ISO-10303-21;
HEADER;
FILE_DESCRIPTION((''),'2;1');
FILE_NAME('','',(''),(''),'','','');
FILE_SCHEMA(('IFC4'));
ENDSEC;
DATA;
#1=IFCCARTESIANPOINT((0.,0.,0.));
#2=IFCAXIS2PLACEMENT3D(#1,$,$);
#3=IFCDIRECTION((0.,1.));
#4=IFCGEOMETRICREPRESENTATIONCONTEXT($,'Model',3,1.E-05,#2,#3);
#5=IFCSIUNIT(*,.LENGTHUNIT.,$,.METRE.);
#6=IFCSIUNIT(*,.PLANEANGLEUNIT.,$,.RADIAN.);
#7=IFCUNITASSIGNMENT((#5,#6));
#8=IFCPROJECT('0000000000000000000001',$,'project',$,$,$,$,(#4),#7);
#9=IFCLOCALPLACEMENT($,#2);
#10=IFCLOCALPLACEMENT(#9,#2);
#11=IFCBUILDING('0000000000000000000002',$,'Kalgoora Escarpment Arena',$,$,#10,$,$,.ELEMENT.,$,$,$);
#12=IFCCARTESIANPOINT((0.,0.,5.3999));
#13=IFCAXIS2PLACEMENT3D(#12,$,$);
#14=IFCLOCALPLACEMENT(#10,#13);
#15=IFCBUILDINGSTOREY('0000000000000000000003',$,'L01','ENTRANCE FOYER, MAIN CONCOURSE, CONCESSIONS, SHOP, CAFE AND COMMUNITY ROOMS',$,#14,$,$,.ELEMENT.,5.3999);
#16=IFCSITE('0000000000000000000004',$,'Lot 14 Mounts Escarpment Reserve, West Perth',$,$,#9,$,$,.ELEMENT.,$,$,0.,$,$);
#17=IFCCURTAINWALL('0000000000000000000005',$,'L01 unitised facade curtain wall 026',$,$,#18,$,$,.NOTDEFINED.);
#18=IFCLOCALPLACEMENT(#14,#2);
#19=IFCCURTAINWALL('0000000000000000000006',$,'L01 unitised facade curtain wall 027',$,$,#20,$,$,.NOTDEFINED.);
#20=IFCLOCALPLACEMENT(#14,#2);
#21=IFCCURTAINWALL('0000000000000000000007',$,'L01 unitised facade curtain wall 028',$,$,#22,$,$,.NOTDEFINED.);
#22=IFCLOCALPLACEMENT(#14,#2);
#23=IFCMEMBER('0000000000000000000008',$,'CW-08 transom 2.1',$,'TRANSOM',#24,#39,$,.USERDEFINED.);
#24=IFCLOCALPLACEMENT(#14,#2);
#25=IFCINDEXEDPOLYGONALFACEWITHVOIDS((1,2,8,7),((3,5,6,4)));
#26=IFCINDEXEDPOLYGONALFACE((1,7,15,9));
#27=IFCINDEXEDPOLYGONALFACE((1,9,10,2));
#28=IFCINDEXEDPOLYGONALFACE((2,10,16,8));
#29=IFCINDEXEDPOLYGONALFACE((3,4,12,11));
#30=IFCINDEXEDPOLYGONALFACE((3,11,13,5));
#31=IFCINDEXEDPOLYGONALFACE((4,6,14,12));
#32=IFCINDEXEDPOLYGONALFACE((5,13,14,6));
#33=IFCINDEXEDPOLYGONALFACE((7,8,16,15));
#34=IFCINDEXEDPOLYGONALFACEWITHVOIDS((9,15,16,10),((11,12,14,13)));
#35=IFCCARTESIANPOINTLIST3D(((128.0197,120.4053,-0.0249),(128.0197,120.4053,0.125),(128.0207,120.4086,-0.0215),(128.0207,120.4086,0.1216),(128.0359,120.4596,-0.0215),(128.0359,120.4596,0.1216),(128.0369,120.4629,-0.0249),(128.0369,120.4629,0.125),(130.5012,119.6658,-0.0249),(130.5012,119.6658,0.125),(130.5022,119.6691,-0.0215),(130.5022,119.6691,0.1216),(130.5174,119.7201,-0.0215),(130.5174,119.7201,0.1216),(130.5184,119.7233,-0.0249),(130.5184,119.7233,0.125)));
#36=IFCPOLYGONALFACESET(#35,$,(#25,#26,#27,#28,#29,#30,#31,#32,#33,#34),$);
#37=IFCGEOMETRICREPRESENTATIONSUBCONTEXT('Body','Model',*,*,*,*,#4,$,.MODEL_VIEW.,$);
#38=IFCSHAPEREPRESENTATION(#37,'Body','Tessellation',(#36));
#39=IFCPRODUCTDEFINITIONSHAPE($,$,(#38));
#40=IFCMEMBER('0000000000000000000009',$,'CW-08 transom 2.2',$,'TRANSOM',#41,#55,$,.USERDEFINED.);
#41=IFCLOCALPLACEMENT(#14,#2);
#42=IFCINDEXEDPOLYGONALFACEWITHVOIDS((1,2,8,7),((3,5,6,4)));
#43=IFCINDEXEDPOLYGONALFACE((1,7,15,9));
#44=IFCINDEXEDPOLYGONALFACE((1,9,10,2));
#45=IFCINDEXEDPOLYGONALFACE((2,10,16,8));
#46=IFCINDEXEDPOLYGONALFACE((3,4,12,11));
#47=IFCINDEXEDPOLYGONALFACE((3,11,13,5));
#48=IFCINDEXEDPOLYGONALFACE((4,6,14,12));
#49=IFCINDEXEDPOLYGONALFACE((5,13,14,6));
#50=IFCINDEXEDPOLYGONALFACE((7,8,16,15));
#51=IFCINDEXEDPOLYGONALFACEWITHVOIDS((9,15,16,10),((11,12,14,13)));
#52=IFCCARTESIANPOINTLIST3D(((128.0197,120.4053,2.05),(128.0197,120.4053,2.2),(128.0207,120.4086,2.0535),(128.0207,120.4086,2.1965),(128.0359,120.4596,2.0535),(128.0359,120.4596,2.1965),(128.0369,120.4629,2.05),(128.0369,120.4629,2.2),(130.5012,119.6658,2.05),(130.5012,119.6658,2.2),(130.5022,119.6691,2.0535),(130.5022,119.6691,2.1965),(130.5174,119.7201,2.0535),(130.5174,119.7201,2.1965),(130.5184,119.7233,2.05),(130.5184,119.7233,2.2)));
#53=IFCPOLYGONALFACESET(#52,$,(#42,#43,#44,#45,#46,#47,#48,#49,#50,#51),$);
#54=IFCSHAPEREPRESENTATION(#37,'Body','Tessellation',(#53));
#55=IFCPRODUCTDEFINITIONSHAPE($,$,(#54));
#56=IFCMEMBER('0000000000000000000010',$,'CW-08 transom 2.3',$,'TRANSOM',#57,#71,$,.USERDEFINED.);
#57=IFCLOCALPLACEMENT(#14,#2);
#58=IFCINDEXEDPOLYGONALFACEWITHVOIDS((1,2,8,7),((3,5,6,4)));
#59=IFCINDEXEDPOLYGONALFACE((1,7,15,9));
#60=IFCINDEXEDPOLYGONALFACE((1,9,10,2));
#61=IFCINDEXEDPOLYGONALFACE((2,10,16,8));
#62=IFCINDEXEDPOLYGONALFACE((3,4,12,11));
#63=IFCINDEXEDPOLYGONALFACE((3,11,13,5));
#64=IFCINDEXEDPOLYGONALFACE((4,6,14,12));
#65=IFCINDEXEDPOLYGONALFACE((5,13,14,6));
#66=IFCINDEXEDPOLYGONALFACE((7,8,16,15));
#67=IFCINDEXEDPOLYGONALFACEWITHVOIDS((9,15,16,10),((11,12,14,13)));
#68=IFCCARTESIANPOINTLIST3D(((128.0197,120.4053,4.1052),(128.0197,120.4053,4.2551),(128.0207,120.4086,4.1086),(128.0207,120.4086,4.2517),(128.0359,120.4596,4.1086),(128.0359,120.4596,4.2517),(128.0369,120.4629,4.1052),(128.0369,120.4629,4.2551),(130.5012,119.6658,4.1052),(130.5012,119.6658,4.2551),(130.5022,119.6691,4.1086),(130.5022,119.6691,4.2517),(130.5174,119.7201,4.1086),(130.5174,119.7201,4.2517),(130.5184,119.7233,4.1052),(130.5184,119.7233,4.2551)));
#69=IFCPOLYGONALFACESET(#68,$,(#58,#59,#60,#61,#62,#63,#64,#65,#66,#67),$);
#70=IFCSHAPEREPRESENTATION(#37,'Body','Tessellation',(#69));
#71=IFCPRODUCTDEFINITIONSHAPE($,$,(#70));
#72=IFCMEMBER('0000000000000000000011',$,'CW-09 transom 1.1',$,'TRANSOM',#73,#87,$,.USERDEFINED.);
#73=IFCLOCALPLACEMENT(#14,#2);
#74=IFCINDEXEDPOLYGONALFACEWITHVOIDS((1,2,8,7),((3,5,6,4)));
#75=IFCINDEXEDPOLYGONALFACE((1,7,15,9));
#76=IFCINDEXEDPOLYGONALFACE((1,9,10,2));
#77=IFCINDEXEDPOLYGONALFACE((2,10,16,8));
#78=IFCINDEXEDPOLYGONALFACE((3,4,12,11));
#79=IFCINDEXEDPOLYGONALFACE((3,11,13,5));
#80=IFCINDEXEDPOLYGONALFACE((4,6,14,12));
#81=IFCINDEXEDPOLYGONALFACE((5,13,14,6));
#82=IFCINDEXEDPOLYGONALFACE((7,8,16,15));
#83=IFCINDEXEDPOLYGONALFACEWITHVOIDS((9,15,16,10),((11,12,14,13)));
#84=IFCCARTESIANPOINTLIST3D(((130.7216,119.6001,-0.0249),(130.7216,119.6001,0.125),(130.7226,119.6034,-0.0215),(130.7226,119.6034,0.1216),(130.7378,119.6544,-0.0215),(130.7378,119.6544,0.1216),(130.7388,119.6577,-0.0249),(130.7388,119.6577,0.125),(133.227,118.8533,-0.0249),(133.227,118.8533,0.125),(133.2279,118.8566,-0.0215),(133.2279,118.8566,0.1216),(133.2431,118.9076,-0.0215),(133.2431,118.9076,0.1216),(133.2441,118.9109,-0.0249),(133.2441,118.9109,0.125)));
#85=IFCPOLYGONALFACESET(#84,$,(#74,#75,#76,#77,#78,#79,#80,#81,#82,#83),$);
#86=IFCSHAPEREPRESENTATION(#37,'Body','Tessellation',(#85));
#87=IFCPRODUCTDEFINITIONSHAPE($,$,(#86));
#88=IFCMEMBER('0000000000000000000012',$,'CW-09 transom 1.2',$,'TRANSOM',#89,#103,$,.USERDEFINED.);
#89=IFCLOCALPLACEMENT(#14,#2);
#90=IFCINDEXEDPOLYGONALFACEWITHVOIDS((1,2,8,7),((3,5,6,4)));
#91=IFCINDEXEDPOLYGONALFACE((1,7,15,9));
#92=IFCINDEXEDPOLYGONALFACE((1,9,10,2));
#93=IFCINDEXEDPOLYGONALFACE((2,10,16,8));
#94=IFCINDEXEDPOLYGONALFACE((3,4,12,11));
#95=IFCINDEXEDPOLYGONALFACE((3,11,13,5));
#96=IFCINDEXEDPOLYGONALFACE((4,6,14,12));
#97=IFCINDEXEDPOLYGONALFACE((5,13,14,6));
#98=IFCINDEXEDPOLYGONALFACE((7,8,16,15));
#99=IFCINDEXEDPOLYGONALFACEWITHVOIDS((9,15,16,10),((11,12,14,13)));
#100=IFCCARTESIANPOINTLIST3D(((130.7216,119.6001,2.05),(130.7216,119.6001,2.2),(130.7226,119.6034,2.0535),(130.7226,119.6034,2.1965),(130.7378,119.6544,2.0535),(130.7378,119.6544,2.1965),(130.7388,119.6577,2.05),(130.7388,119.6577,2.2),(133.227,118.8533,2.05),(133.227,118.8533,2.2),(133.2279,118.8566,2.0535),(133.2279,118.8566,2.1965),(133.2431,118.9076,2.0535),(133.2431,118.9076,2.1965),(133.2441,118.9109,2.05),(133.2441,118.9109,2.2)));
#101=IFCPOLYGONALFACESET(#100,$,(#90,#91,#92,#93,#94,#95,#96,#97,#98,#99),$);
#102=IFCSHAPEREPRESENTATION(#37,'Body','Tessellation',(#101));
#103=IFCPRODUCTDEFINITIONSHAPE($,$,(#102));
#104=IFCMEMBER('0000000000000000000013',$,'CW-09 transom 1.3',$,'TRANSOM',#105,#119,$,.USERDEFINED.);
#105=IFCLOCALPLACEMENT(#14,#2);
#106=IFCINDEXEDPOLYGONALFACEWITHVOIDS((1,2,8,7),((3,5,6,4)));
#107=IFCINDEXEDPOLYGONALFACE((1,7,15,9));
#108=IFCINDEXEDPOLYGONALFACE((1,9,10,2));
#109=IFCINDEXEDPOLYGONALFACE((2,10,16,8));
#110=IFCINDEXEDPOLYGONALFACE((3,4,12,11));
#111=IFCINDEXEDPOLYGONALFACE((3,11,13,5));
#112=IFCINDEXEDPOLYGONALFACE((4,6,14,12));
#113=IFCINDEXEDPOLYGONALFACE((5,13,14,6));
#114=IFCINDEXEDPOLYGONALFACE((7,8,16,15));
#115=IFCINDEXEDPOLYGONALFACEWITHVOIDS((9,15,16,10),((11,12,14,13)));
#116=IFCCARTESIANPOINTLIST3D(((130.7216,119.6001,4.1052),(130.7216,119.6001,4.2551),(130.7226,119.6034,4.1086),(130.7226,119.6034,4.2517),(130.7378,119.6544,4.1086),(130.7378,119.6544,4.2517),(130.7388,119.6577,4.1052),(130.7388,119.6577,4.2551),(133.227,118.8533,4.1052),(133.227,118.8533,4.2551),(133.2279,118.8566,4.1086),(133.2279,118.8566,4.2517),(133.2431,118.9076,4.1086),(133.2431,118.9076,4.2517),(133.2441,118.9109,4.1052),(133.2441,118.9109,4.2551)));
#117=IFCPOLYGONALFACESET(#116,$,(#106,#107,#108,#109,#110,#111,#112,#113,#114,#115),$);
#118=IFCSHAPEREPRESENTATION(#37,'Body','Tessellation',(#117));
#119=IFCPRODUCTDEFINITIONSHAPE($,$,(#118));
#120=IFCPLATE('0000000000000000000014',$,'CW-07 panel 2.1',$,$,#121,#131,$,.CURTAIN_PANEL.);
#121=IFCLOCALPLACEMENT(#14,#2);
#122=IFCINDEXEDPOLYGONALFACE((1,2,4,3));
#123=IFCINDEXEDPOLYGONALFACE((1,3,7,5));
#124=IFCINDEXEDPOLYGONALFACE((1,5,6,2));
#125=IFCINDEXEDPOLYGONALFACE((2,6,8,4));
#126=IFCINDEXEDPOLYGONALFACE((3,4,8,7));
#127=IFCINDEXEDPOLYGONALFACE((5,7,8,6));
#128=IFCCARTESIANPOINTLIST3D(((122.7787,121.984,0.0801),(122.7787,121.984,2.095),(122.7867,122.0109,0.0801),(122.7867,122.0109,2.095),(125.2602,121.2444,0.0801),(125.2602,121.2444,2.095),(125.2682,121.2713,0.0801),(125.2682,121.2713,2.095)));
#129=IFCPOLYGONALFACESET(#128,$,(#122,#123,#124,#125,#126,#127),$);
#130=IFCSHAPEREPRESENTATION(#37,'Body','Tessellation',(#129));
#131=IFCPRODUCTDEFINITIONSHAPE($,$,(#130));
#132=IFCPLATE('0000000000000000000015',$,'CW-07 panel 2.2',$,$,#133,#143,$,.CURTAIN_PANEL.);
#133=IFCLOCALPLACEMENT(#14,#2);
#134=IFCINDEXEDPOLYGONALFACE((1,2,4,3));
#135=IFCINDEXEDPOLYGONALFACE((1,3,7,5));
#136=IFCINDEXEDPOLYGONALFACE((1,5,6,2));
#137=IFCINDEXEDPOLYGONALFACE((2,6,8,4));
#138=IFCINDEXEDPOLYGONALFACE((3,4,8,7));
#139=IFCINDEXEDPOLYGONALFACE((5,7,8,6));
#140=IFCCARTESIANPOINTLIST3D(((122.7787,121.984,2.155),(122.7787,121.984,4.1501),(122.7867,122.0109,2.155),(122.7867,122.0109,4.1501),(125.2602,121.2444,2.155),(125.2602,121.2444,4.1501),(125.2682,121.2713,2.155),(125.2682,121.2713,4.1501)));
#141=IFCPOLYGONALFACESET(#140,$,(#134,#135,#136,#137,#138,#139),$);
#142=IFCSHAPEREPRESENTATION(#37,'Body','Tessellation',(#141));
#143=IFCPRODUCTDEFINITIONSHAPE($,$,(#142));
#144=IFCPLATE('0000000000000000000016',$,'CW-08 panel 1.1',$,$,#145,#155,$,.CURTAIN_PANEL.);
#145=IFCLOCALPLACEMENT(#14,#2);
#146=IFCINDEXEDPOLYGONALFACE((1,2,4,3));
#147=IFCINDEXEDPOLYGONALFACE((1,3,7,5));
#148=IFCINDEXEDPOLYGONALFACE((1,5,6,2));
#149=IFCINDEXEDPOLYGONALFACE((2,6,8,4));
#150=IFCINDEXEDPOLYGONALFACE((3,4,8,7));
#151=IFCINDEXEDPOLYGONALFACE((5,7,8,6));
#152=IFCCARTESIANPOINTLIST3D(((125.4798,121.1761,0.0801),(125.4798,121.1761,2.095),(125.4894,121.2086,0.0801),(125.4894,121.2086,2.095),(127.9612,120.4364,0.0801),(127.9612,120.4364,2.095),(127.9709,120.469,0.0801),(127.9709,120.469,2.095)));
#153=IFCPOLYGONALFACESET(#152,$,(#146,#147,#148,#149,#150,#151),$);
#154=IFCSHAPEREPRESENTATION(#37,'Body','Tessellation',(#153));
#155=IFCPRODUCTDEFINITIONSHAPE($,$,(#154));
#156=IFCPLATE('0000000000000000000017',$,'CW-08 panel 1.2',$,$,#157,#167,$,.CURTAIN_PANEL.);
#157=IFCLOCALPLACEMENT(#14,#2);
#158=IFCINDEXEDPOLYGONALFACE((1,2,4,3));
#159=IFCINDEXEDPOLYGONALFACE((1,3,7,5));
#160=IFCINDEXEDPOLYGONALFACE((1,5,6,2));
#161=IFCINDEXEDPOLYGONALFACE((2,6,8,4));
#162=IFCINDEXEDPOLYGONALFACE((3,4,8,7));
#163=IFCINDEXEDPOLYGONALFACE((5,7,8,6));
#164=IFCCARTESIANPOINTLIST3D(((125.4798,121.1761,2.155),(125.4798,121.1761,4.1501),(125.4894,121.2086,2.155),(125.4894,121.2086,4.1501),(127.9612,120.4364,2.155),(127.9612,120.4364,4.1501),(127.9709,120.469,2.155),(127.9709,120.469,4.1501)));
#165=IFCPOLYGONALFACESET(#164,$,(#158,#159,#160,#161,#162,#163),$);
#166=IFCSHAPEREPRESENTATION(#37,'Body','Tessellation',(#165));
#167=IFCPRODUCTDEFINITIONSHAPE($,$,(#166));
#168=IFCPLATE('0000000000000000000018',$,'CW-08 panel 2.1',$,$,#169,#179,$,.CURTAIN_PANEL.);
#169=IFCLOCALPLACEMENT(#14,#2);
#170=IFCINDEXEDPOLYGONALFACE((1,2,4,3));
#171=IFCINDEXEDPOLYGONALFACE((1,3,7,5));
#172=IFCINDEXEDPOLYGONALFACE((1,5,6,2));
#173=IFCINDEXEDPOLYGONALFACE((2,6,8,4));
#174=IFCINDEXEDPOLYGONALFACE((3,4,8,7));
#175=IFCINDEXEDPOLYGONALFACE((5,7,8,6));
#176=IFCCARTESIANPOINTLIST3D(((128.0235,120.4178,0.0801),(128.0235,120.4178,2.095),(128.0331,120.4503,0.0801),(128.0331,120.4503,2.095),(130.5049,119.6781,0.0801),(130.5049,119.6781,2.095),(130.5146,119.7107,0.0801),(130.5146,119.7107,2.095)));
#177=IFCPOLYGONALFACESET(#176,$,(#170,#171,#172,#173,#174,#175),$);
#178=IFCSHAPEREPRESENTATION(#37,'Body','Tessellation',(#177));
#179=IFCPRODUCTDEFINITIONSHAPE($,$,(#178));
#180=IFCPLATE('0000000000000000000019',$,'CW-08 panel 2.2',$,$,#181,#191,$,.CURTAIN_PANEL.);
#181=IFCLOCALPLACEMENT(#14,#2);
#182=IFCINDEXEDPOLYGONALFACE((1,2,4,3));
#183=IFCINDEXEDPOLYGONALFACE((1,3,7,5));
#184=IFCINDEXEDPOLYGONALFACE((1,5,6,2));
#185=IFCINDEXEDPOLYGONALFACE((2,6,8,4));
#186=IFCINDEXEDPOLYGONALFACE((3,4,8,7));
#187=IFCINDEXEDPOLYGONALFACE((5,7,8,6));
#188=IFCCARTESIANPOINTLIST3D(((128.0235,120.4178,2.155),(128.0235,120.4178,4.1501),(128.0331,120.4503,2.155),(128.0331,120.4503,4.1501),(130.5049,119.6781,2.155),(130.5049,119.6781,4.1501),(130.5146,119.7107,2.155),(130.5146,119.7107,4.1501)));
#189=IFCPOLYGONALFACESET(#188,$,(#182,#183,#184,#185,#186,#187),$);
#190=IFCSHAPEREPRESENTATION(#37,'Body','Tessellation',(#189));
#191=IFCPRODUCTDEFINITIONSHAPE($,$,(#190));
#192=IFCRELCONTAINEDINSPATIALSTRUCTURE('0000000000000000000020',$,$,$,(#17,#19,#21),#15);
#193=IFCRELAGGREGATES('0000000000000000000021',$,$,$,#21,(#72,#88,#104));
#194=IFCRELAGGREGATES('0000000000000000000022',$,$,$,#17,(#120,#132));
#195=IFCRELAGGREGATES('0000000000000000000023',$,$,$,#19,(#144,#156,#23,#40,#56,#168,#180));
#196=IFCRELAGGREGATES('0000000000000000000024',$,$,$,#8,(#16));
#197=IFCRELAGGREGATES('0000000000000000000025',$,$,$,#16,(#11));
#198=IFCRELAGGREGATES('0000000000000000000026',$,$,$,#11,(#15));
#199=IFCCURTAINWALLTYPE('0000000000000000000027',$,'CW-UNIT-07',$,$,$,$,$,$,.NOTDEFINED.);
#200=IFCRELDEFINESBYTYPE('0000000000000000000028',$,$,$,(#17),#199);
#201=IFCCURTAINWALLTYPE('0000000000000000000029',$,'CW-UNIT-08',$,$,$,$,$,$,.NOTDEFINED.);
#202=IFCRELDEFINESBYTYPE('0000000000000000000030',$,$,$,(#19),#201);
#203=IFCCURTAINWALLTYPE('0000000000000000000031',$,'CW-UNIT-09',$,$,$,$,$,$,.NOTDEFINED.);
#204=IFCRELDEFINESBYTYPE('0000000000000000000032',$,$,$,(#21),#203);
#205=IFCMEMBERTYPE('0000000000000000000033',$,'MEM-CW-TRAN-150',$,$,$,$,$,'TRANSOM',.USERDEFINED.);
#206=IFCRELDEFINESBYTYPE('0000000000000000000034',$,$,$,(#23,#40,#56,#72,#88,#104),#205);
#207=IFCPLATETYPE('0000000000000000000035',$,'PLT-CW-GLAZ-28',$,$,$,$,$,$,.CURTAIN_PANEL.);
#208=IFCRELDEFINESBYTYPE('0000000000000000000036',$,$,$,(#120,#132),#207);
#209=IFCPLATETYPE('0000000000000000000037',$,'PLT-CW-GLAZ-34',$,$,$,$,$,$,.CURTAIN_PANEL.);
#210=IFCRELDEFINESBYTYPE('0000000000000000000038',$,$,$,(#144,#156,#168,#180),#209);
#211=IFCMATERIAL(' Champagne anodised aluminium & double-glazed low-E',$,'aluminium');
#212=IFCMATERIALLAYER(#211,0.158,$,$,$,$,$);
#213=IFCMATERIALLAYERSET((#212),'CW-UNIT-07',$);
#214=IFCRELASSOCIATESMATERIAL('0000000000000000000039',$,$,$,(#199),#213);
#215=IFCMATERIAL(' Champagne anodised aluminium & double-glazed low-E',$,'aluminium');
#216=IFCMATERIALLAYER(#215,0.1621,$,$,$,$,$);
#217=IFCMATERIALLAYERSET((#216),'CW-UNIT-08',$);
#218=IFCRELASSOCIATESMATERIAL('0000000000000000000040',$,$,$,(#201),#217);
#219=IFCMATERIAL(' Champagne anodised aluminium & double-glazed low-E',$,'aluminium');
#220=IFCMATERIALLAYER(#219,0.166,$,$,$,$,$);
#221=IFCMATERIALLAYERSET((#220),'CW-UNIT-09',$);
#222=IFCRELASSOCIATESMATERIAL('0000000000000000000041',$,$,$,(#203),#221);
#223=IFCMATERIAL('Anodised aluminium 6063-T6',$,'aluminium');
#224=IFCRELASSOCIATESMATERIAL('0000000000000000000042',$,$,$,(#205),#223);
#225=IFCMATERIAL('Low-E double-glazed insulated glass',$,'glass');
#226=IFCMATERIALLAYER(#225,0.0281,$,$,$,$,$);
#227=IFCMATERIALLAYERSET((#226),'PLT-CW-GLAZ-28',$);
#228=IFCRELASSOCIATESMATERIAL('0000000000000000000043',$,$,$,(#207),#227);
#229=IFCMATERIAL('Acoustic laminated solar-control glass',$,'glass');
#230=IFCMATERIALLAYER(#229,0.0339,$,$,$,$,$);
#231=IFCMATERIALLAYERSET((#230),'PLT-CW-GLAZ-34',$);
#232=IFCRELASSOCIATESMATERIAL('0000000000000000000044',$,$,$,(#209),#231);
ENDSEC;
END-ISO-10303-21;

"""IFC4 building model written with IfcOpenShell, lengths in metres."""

from ifc_helpers import new_model, si_unit, direction, frame, origin, origin_2d, place, context, subcontext, project, spatial, rectangle, hollow_rectangle, extrude, material, layer, layer_set, material_profile, profile_set, type_object, element, aggregate, save


model = new_model("IFC4")

# Units and contexts
model_context = context("Model", 3, precision=1e-05, world=origin(), true_north=direction((0.0, 1.0)))
body_context = subcontext(model_context, "Body", "Model", "MODEL_VIEW")
ifc_project = project(units=[si_unit("LENGTHUNIT", "METRE"), si_unit("PLANEANGLEUNIT", "RADIAN")], contexts=[model_context])

# Site, building, storey
site_placement = place(None, origin())
site = spatial("IfcSite", under=ifc_project, at=site_placement, Name="Lot 14 Mounts Escarpment Reserve, West Perth", CompositionType="ELEMENT", RefElevation=0.0)
building_placement = place(site_placement, origin())
building = spatial("IfcBuilding", under=site, at=building_placement, Name="Kalgoora Escarpment Arena", CompositionType="ELEMENT")
storey_placement = place(building_placement, frame((0.0, 0.0, 5.3999)))
storey = spatial("IfcBuildingStorey", under=building, at=storey_placement, Name="L01", Description="ENTRANCE FOYER, MAIN CONCOURSE, CONCESSIONS, SHOP, CAFE AND COMMUNITY ROOMS", CompositionType="ELEMENT", Elevation=5.3999)

# Curtain wall
ifc_material_1 = material(Name=" Champagne anodised aluminium & double-glazed low-E", Category="aluminium")
ifc_layer_1 = layer(ifc_material_1, 0.158)
ifc_layer_set_1 = layer_set([ifc_layer_1], Name="CW-UNIT-07")
curtain_wall_type_1 = type_object("IfcCurtainWallType", Name="CW-UNIT-07", PredefinedType="NOTDEFINED", material=ifc_layer_set_1)
curtain_wall_1_placement = place(storey_placement, origin())
curtain_wall_1 = element("IfcCurtainWall", 1, at=curtain_wall_1_placement, inside=storey, type_object=curtain_wall_type_1, Name="L01 unitised facade curtain wall 026", PredefinedType="NOTDEFINED")

# Curtain wall
ifc_material_2 = material(Name=" Champagne anodised aluminium & double-glazed low-E", Category="aluminium")
ifc_layer_2 = layer(ifc_material_2, 0.1621)
ifc_layer_set_2 = layer_set([ifc_layer_2], Name="CW-UNIT-08")
curtain_wall_type_2 = type_object("IfcCurtainWallType", Name="CW-UNIT-08", PredefinedType="NOTDEFINED", material=ifc_layer_set_2)
curtain_wall_2_placement = place(storey_placement, origin())
curtain_wall_2 = element("IfcCurtainWall", 2, at=curtain_wall_2_placement, inside=storey, type_object=curtain_wall_type_2, Name="L01 unitised facade curtain wall 027", PredefinedType="NOTDEFINED")

# Curtain wall
ifc_material_3 = material(Name=" Champagne anodised aluminium & double-glazed low-E", Category="aluminium")
ifc_layer_3 = layer(ifc_material_3, 0.166)
ifc_layer_set_3 = layer_set([ifc_layer_3], Name="CW-UNIT-09")
curtain_wall_type_3 = type_object("IfcCurtainWallType", Name="CW-UNIT-09", PredefinedType="NOTDEFINED", material=ifc_layer_set_3)
curtain_wall_3_placement = place(storey_placement, origin())
curtain_wall_3 = element("IfcCurtainWall", 3, at=curtain_wall_3_placement, inside=storey, type_object=curtain_wall_type_3, Name="L01 unitised facade curtain wall 028", PredefinedType="NOTDEFINED")

# Members
ifc_material_4 = material(Name="Anodised aluminium 6063-T6", Category="aluminium")
ifc_material_profile_1 = material_profile(ifc_material_4, hollow_rectangle(XDim=0.0601, YDim=0.1499, WallThickness=0.0034, at=origin_2d()))
ifc_profile_set_1 = profile_set([ifc_material_profile_1], Name="Anodised aluminium 6063-T6")
member_type_1 = type_object("IfcMemberType", Name="MEM-CW-TRAN-150", ElementType="TRANSOM", PredefinedType="USERDEFINED", material=ifc_profile_set_1)
member_1_placement = place(storey_placement, frame((128.0283, 120.4341, 0.05), z_axis=(0.958349, -0.2856, 0.0), x_axis=(0.2856, 0.958349, 0.0)))
member_1 = element("IfcMember", 4, at=member_1_placement, type_object=member_type_1, Name="CW-08 transom 2.1", ObjectType="TRANSOM", PredefinedType="USERDEFINED", context=body_context, shape_type="SweptSolid", body=[
    extrude(hollow_rectangle(XDim=0.0601, YDim=0.1499, WallThickness=0.0034, at=origin_2d()), origin(), (0.0, 0.0, 1.0), 2.5894),
])
member_2_placement = place(storey_placement, frame((128.0283, 120.4341, 2.125), z_axis=(0.958349, -0.2856, 0.0), x_axis=(0.2856, 0.958349, 0.0)))
member_2 = element("IfcMember", 5, at=member_2_placement, type_object=member_type_1, Name="CW-08 transom 2.2", ObjectType="TRANSOM", PredefinedType="USERDEFINED", context=body_context, shape_type="SweptSolid", body=[
    extrude(hollow_rectangle(XDim=0.0601, YDim=0.1499, WallThickness=0.0034, at=origin_2d()), origin(), (0.0, 0.0, 1.0), 2.5894),
])
member_3_placement = place(storey_placement, frame((128.0283, 120.4341, 4.1802), z_axis=(0.958349, -0.2856, 0.0), x_axis=(0.2856, 0.958349, 0.0)))
member_3 = element("IfcMember", 6, at=member_3_placement, type_object=member_type_1, Name="CW-08 transom 2.3", ObjectType="TRANSOM", PredefinedType="USERDEFINED", context=body_context, shape_type="SweptSolid", body=[
    extrude(hollow_rectangle(XDim=0.0601, YDim=0.1499, WallThickness=0.0034, at=origin_2d()), origin(), (0.0, 0.0, 1.0), 2.5894),
])
member_4_placement = place(storey_placement, frame((130.7302, 119.6289, 0.05), z_axis=(0.958329, -0.285668, 0.0), x_axis=(0.285668, 0.958329, 0.0)))
member_4 = element("IfcMember", 7, at=member_4_placement, type_object=member_type_1, Name="CW-09 transom 1.1", ObjectType="TRANSOM", PredefinedType="USERDEFINED", context=body_context, shape_type="SweptSolid", body=[
    extrude(hollow_rectangle(XDim=0.0601, YDim=0.1499, WallThickness=0.0034, at=origin_2d()), origin(), (0.0, 0.0, 1.0), 2.6143),
])
member_5_placement = place(storey_placement, frame((130.7302, 119.6289, 2.125), z_axis=(0.958329, -0.285668, 0.0), x_axis=(0.285668, 0.958329, 0.0)))
member_5 = element("IfcMember", 8, at=member_5_placement, type_object=member_type_1, Name="CW-09 transom 1.2", ObjectType="TRANSOM", PredefinedType="USERDEFINED", context=body_context, shape_type="SweptSolid", body=[
    extrude(hollow_rectangle(XDim=0.0601, YDim=0.1499, WallThickness=0.0034, at=origin_2d()), origin(), (0.0, 0.0, 1.0), 2.6143),
])
member_6_placement = place(storey_placement, frame((130.7302, 119.6289, 4.1802), z_axis=(0.958329, -0.285668, 0.0), x_axis=(0.285668, 0.958329, 0.0)))
member_6 = element("IfcMember", 9, at=member_6_placement, type_object=member_type_1, Name="CW-09 transom 1.3", ObjectType="TRANSOM", PredefinedType="USERDEFINED", context=body_context, shape_type="SweptSolid", body=[
    extrude(hollow_rectangle(XDim=0.0601, YDim=0.1499, WallThickness=0.0034, at=origin_2d()), origin(), (0.0, 0.0, 1.0), 2.6143),
])
aggregate(curtain_wall_3, [member_4, member_5, member_6])

# Plates
ifc_material_5 = material(Name="Low-E double-glazed insulated glass", Category="glass")
ifc_layer_4 = layer(ifc_material_5, 0.0281)
ifc_layer_set_4 = layer_set([ifc_layer_4], Name="PLT-CW-GLAZ-28")
plate_type_1 = type_object("IfcPlateType", Name="PLT-CW-GLAZ-28", PredefinedType="CURTAIN_PANEL", material=ifc_layer_set_4)
plate_1_placement = place(storey_placement, frame((124.0234, 121.6277, 0.0801), z_axis=(0.0, 0.0, 1.0), x_axis=(0.95834, -0.285628, 0.0)))
plate_1 = element("IfcPlate", 10, at=plate_1_placement, type_object=plate_type_1, Name="CW-07 panel 2.1", PredefinedType="CURTAIN_PANEL", context=body_context, shape_type="SweptSolid", body=[
    extrude(rectangle(XDim=2.5894, YDim=0.0281, at=origin_2d()), origin(), (0.0, 0.0, 1.0), 2.0149),
])
plate_2_placement = place(storey_placement, frame((124.0234, 121.6277, 2.155), z_axis=(0.0, 0.0, 1.0), x_axis=(0.95834, -0.285628, 0.0)))
plate_2 = element("IfcPlate", 11, at=plate_2_placement, type_object=plate_type_1, Name="CW-07 panel 2.2", PredefinedType="CURTAIN_PANEL", context=body_context, shape_type="SweptSolid", body=[
    extrude(rectangle(XDim=2.5894, YDim=0.0281, at=origin_2d()), origin(), (0.0, 0.0, 1.0), 1.9951),
])
aggregate(curtain_wall_1, [plate_1, plate_2])
ifc_material_6 = material(Name="Acoustic laminated solar-control glass", Category="glass")
ifc_layer_5 = layer(ifc_material_6, 0.0339)
ifc_layer_set_5 = layer_set([ifc_layer_5], Name="PLT-CW-GLAZ-34")
plate_type_2 = type_object("IfcPlateType", Name="PLT-CW-GLAZ-34", PredefinedType="CURTAIN_PANEL", material=ifc_layer_set_5)
plate_3_placement = place(storey_placement, frame((126.7253, 120.8225, 0.0801), z_axis=(0.0, 0.0, 1.0), x_axis=(0.958339, -0.285633, 0.0)))
plate_3 = element("IfcPlate", 12, at=plate_3_placement, type_object=plate_type_2, Name="CW-08 panel 1.1", PredefinedType="CURTAIN_PANEL", context=body_context, shape_type="SweptSolid", body=[
    extrude(rectangle(XDim=2.5894, YDim=0.0339, at=origin_2d()), origin(), (0.0, 0.0, 1.0), 2.0149),
])
plate_4_placement = place(storey_placement, frame((126.7253, 120.8225, 2.155), z_axis=(0.0, 0.0, 1.0), x_axis=(0.958339, -0.285633, 0.0)))
plate_4 = element("IfcPlate", 13, at=plate_4_placement, type_object=plate_type_2, Name="CW-08 panel 1.2", PredefinedType="CURTAIN_PANEL", context=body_context, shape_type="SweptSolid", body=[
    extrude(rectangle(XDim=2.5894, YDim=0.0339, at=origin_2d()), origin(), (0.0, 0.0, 1.0), 1.9951),
])
plate_5_placement = place(storey_placement, frame((129.269, 120.0642, 0.0801), z_axis=(0.0, 0.0, 1.0), x_axis=(0.958339, -0.285633, 0.0)))
plate_5 = element("IfcPlate", 14, at=plate_5_placement, type_object=plate_type_2, Name="CW-08 panel 2.1", PredefinedType="CURTAIN_PANEL", context=body_context, shape_type="SweptSolid", body=[
    extrude(rectangle(XDim=2.5894, YDim=0.0339, at=origin_2d()), origin(), (0.0, 0.0, 1.0), 2.0149),
])
plate_6_placement = place(storey_placement, frame((129.269, 120.0642, 2.155), z_axis=(0.0, 0.0, 1.0), x_axis=(0.958339, -0.285633, 0.0)))
plate_6 = element("IfcPlate", 15, at=plate_6_placement, type_object=plate_type_2, Name="CW-08 panel 2.2", PredefinedType="CURTAIN_PANEL", context=body_context, shape_type="SweptSolid", body=[
    extrude(rectangle(XDim=2.5894, YDim=0.0339, at=origin_2d()), origin(), (0.0, 0.0, 1.0), 1.9951),
])
aggregate(curtain_wall_2, [plate_3, plate_4, member_1, member_2, member_3, plate_5, plate_6])

save(model, "model.ifc")
